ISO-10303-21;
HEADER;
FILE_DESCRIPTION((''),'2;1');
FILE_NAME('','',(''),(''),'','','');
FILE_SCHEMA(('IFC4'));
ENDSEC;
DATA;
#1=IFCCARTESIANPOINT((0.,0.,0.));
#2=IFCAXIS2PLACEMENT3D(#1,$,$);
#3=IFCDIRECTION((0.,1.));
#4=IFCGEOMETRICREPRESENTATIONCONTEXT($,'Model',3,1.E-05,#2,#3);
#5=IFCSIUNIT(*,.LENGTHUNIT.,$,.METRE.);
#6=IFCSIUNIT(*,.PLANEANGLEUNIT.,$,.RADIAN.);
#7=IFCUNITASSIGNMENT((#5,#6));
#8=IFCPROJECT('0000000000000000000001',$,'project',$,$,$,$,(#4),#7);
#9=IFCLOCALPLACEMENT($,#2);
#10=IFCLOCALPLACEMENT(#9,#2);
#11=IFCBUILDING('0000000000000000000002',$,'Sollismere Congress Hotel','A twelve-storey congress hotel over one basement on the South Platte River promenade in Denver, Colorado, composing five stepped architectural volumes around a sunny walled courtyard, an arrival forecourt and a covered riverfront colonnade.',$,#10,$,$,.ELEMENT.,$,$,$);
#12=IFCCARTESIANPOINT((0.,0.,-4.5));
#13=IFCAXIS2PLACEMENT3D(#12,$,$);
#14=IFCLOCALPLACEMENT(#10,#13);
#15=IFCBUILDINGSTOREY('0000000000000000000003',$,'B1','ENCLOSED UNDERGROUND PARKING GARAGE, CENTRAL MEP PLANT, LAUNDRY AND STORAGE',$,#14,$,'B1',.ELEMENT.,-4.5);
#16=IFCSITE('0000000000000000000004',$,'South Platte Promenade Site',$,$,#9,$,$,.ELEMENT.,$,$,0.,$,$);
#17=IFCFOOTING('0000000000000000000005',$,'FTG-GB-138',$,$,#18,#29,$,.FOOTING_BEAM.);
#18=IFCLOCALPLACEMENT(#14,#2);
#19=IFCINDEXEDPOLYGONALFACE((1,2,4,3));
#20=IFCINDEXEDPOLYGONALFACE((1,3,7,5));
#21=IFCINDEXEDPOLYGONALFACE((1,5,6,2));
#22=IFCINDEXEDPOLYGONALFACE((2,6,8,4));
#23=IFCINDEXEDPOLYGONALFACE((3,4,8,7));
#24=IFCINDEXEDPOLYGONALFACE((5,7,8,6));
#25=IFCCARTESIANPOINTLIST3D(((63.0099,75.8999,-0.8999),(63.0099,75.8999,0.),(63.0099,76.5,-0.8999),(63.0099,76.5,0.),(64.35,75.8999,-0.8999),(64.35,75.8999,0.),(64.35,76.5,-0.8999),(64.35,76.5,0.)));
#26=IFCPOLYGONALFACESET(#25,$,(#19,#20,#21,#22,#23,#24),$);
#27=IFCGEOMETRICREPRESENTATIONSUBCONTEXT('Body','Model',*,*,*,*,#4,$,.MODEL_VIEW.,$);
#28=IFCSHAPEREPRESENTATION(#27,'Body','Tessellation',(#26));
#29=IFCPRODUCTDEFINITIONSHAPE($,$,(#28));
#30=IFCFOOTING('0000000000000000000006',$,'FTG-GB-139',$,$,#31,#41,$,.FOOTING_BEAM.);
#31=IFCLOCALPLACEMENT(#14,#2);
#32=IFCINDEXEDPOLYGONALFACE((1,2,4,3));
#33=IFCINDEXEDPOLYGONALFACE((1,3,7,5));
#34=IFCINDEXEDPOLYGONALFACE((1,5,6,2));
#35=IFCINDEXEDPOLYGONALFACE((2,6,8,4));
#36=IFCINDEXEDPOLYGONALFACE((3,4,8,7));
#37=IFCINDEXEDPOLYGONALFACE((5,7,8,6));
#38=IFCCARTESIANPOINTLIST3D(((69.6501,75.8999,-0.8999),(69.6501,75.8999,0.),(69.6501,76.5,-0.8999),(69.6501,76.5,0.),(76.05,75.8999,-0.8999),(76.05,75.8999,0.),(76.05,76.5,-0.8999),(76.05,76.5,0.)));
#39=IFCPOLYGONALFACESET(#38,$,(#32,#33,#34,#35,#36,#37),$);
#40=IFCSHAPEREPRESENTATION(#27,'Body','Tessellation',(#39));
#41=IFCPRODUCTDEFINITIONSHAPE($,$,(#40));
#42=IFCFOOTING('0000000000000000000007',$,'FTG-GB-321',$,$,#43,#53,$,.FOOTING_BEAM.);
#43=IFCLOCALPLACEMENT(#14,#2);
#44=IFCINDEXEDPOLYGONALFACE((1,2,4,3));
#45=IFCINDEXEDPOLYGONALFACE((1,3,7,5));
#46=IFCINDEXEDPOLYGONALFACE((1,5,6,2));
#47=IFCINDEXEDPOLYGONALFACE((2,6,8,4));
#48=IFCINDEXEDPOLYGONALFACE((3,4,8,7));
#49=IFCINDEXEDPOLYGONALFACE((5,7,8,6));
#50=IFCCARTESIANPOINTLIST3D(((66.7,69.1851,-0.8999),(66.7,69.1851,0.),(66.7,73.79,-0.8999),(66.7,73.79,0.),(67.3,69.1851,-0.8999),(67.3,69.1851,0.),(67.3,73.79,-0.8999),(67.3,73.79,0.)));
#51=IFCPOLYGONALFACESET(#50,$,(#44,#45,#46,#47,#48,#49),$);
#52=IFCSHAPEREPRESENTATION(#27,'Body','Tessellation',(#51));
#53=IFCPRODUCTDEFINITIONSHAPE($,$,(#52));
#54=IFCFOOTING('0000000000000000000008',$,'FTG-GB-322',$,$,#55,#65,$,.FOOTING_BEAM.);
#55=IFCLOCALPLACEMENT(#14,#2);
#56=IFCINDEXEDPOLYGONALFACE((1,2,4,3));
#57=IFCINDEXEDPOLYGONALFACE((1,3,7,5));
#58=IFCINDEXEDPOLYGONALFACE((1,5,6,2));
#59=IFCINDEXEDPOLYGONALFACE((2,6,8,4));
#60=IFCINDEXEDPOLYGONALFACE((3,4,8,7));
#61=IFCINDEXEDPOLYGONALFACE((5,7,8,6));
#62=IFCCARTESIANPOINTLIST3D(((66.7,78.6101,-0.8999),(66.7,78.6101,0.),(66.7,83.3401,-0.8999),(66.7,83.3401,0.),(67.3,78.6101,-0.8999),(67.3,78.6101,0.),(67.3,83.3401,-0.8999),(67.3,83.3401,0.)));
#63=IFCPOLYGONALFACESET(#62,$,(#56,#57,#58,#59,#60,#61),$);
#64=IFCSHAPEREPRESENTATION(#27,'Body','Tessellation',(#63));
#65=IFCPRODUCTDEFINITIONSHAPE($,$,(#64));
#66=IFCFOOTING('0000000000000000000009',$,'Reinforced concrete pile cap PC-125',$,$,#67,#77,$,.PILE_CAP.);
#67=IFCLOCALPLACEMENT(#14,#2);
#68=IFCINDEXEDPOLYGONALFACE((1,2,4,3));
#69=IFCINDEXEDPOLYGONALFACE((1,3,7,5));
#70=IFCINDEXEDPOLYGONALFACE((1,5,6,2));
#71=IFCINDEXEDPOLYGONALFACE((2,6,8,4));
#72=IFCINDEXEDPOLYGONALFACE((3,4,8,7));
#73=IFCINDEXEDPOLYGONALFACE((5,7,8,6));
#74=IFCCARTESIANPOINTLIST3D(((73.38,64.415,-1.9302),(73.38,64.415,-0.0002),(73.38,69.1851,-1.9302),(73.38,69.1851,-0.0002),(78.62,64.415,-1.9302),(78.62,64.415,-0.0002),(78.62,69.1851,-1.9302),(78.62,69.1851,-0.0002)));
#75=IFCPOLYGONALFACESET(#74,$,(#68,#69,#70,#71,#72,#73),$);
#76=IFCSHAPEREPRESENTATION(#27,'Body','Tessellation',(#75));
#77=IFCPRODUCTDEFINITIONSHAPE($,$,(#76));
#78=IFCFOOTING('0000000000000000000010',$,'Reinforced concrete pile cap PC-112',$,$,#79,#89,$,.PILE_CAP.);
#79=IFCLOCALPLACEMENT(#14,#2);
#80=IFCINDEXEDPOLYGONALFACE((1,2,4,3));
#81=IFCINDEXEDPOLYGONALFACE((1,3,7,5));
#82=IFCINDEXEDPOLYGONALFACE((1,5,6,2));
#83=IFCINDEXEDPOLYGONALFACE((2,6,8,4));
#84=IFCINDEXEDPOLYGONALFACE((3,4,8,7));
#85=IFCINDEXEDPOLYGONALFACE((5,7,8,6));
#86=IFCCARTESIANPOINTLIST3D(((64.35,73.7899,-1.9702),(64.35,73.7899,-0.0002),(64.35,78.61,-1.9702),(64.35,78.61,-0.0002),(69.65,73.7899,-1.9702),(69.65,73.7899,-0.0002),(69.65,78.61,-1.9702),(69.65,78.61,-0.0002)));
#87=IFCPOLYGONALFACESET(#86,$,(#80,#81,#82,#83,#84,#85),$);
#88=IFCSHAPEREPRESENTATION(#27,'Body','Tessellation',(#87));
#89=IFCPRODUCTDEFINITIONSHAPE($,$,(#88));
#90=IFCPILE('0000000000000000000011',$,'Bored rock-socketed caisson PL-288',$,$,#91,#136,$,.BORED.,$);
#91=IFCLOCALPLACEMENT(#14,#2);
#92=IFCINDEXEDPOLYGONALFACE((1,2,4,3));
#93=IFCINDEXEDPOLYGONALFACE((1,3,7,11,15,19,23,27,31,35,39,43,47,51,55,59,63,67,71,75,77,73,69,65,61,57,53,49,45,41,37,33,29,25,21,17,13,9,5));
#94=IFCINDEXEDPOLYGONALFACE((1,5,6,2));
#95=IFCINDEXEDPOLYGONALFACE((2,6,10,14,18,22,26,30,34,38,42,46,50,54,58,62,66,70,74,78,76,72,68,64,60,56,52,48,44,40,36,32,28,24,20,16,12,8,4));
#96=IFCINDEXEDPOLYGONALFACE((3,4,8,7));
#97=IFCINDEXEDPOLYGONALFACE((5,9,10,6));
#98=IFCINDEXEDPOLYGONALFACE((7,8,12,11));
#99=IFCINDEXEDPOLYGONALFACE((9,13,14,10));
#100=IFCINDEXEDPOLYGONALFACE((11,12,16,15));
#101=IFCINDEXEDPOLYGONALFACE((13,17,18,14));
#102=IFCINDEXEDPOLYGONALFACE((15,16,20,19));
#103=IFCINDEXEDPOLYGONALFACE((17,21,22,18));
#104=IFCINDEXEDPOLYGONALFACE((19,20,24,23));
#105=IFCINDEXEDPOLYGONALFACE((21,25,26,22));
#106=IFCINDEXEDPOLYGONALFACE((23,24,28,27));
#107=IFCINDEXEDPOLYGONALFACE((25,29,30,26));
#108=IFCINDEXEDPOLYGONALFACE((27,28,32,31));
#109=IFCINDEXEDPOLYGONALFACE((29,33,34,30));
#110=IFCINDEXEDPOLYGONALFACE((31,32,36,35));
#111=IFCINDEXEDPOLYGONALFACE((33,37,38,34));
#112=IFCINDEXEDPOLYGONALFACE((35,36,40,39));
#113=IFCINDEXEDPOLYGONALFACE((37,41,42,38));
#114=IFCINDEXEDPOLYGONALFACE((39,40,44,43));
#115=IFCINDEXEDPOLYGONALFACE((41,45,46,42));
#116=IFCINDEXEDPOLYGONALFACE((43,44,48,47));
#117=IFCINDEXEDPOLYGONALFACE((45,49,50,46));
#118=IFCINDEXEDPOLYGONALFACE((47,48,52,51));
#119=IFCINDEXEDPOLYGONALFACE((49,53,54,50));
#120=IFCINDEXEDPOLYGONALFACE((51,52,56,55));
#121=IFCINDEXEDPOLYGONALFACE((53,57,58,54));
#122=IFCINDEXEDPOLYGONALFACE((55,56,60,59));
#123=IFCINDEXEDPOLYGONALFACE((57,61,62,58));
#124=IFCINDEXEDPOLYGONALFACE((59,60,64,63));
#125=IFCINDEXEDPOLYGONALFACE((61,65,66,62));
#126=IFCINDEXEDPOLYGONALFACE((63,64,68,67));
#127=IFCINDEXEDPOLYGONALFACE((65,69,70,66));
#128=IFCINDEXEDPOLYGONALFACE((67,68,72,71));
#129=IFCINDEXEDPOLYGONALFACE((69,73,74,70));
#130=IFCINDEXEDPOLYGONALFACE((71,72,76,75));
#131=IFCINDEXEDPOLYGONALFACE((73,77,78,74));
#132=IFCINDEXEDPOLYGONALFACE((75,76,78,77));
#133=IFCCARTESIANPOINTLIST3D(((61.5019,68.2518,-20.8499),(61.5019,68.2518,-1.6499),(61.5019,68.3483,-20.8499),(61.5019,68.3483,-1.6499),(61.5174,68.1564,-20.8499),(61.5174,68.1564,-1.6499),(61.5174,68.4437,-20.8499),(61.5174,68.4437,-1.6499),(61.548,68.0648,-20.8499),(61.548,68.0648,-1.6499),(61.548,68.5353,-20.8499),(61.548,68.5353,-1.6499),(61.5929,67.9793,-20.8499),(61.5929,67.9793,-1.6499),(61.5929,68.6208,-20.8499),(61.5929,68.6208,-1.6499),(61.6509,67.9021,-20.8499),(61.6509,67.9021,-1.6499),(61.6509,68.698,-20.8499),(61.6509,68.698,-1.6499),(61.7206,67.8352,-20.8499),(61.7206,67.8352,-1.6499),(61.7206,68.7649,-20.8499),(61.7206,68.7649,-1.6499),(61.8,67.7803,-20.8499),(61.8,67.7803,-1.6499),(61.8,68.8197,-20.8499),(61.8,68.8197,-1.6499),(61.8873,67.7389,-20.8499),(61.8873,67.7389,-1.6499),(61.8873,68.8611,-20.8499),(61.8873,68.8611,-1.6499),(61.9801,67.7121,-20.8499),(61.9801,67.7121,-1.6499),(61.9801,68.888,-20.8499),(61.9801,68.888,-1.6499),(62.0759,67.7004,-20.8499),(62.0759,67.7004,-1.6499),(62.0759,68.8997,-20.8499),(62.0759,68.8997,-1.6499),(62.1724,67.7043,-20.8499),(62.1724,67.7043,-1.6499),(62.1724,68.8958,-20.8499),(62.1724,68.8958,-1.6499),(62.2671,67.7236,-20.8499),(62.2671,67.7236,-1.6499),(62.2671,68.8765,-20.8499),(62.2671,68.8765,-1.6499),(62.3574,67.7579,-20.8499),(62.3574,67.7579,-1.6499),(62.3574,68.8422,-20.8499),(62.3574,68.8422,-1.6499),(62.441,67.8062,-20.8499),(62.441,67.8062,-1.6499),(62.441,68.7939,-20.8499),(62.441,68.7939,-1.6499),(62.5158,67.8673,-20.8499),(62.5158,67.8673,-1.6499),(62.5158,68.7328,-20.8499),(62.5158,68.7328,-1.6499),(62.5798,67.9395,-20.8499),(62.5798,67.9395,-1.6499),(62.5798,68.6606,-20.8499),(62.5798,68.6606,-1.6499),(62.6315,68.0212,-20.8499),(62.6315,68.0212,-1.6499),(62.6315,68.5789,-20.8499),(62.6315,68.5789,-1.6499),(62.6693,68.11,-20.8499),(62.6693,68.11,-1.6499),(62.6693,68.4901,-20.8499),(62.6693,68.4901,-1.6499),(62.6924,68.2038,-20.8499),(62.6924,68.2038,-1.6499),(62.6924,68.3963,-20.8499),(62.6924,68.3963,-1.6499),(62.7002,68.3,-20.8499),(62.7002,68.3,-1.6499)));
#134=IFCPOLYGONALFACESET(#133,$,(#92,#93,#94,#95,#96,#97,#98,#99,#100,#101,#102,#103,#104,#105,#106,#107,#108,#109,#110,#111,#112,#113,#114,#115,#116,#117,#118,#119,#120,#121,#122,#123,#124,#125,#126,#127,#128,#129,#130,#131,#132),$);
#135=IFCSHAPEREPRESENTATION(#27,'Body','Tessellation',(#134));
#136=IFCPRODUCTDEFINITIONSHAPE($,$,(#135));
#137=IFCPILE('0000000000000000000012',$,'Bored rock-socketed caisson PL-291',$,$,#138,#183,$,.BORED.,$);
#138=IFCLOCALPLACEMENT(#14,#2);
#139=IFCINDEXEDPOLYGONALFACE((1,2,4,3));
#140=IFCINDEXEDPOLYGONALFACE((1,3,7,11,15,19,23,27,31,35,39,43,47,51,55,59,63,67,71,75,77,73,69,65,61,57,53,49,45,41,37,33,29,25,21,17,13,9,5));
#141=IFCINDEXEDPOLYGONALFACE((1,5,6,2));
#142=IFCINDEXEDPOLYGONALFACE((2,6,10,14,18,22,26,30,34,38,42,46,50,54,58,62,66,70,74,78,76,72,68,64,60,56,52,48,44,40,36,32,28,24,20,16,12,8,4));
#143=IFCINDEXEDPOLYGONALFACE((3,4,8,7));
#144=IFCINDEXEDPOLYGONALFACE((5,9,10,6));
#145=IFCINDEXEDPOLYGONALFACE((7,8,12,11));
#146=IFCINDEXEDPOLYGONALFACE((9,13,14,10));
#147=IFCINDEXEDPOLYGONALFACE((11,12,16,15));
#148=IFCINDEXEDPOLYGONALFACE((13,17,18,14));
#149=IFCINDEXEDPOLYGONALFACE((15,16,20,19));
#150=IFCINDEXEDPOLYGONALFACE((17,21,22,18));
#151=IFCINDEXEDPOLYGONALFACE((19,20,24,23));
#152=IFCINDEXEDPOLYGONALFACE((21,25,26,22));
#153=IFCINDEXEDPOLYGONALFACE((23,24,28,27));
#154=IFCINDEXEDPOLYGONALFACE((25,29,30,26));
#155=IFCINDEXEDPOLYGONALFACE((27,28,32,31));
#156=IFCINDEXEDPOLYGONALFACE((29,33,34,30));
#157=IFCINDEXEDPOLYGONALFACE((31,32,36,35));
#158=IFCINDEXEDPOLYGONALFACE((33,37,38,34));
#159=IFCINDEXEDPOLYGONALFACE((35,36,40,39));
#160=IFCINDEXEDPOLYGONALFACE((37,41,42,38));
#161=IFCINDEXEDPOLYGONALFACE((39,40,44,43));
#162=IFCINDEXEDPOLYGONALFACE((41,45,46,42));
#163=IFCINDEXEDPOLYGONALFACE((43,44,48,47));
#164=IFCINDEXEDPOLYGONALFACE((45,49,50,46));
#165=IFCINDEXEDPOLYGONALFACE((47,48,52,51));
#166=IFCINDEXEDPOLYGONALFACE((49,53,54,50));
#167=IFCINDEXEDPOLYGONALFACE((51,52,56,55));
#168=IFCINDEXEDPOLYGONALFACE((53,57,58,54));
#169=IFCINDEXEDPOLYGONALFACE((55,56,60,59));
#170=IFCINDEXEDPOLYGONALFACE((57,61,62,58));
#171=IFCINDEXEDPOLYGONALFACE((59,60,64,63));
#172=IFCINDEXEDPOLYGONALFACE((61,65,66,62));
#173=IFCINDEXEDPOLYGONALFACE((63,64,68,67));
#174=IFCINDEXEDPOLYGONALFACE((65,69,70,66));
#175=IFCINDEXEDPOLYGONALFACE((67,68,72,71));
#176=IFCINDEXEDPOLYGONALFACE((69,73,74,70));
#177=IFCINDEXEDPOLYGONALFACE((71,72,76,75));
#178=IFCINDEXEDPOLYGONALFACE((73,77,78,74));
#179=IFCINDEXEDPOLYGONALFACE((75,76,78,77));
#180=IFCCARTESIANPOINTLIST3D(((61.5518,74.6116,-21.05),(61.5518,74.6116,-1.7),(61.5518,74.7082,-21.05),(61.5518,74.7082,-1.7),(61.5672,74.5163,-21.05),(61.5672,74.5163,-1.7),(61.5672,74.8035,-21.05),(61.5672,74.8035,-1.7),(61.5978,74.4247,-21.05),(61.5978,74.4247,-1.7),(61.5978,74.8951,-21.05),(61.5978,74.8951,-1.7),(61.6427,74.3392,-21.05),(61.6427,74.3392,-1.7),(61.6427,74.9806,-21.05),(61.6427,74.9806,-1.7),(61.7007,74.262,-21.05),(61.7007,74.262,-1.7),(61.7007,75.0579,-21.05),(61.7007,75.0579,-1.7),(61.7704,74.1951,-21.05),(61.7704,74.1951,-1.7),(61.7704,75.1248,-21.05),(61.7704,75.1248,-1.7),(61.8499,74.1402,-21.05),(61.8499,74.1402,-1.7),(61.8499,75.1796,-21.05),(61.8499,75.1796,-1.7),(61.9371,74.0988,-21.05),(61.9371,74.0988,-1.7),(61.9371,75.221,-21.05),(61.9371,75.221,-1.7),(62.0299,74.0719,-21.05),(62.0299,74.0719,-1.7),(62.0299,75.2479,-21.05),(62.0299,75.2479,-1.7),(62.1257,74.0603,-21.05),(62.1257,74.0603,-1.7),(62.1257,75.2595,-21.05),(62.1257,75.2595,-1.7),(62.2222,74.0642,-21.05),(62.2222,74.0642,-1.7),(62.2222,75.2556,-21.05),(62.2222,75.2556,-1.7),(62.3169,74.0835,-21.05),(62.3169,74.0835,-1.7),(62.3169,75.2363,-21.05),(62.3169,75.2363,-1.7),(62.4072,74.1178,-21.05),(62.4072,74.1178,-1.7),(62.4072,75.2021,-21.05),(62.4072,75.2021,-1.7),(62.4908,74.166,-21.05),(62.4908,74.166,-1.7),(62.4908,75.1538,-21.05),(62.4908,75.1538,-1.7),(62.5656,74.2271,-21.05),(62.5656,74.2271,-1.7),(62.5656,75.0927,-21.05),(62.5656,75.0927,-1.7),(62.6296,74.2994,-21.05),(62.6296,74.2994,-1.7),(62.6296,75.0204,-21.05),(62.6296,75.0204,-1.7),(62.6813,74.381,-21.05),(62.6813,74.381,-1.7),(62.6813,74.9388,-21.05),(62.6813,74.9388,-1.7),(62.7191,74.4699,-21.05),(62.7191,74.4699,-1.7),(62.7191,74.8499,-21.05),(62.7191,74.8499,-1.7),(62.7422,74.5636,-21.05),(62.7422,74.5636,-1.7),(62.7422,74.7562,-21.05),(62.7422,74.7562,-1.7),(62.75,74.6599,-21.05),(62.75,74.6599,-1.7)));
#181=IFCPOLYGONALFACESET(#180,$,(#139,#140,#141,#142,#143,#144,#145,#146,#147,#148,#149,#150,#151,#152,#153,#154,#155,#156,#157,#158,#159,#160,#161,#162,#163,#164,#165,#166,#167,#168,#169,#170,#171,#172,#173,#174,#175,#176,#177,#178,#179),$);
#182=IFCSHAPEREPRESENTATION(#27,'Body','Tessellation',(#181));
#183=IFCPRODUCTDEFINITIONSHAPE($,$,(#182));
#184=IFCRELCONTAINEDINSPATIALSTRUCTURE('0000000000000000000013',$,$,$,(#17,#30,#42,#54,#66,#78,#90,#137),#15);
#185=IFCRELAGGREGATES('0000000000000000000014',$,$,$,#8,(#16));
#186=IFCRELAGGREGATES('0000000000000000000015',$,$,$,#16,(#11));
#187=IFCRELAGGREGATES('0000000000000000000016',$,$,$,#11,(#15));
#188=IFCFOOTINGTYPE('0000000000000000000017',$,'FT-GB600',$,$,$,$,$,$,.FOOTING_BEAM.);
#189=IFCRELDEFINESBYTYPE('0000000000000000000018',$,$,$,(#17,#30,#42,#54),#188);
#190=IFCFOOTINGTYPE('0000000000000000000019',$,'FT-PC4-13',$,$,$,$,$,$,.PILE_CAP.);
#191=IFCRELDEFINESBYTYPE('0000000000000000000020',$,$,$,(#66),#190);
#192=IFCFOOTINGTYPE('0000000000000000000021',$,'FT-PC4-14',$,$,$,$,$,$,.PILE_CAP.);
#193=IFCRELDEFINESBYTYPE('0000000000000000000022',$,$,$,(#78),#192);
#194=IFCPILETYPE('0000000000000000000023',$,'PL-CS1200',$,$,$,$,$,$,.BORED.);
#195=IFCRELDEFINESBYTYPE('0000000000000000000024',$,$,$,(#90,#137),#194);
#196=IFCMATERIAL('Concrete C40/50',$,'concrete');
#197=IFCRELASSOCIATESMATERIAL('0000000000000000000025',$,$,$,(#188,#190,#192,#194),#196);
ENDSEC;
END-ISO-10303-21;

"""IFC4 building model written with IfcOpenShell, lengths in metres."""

from ifc_helpers import new_model, si_unit, direction, frame, origin, origin_2d, place, context, subcontext, project, spatial, rectangle, circle, extrude, material, material_profile, profile_set, type_object, element, save


model = new_model("IFC4")

# Units and contexts
model_context = context("Model", 3, precision=1e-05, world=origin(), true_north=direction((0.0, 1.0)))
body_context = subcontext(model_context, "Body", "Model", "MODEL_VIEW")
ifc_project = project(units=[si_unit("LENGTHUNIT", "METRE"), si_unit("PLANEANGLEUNIT", "RADIAN")], contexts=[model_context])

# Site, building, storey
site_placement = place(None, origin())
site = spatial("IfcSite", under=ifc_project, at=site_placement, Name="South Platte Promenade Site", CompositionType="ELEMENT", RefElevation=0.0)
building_placement = place(site_placement, origin())
building = spatial("IfcBuilding", under=site, at=building_placement, Name="Sollismere Congress Hotel", Description="A twelve-storey congress hotel over one basement on the South Platte River promenade in Denver, Colorado, composing five stepped architectural volumes around a sunny walled courtyard, an arrival forecourt and a covered riverfront colonnade.", CompositionType="ELEMENT")
storey_placement = place(building_placement, frame((0.0, 0.0, -4.5)))
storey = spatial("IfcBuildingStorey", under=building, at=storey_placement, Name="B1", Description="ENCLOSED UNDERGROUND PARKING GARAGE, CENTRAL MEP PLANT, LAUNDRY AND STORAGE", LongName="B1", CompositionType="ELEMENT", Elevation=-4.5)

# Footings
ifc_material_1 = material(Name="Concrete C40/50", Category="concrete")
footing_type_1 = type_object("IfcFootingType", Name="FT-GB600", PredefinedType="FOOTING_BEAM", material=ifc_material_1)
footing_1_placement = place(storey_placement, frame((63.6799, 76.2, -0.8999), z_axis=(0.0, 0.0, 1.0), x_axis=(1.0, 0.0, 0.0)))
element("IfcFooting", 1, at=footing_1_placement, inside=storey, type_object=footing_type_1, Name="FTG-GB-138", PredefinedType="FOOTING_BEAM", context=body_context, shape_type="SweptSolid", body=[
    extrude(rectangle(XDim=1.3401, YDim=0.6001, at=origin_2d()), origin(), (0.0, 0.0, 1.0), 0.8999),
])
footing_2_placement = place(storey_placement, frame((72.8501, 76.2, -0.8999), z_axis=(0.0, 0.0, 1.0), x_axis=(1.0, 0.0, 0.0)))
element("IfcFooting", 2, at=footing_2_placement, inside=storey, type_object=footing_type_1, Name="FTG-GB-139", PredefinedType="FOOTING_BEAM", context=body_context, shape_type="SweptSolid", body=[
    extrude(rectangle(XDim=6.3999, YDim=0.6001, at=origin_2d()), origin(), (0.0, 0.0, 1.0), 0.8999),
])
footing_3_placement = place(storey_placement, frame((67.0, 71.4875, -0.8999), z_axis=(0.0, 0.0, 1.0), x_axis=(0.0, 1.0, 0.0)))
element("IfcFooting", 3, at=footing_3_placement, inside=storey, type_object=footing_type_1, Name="FTG-GB-321", PredefinedType="FOOTING_BEAM", context=body_context, shape_type="SweptSolid", body=[
    extrude(rectangle(XDim=4.605, YDim=0.6001, at=origin_2d()), origin(), (0.0, 0.0, 1.0), 0.8999),
])
footing_4_placement = place(storey_placement, frame((67.0, 80.9751, -0.8999), z_axis=(0.0, 0.0, 1.0), x_axis=(0.0, 1.0, 0.0)))
element("IfcFooting", 4, at=footing_4_placement, inside=storey, type_object=footing_type_1, Name="FTG-GB-322", PredefinedType="FOOTING_BEAM", context=body_context, shape_type="SweptSolid", body=[
    extrude(rectangle(XDim=4.73, YDim=0.6001, at=origin_2d()), origin(), (0.0, 0.0, 1.0), 0.8999),
])
footing_type_2 = type_object("IfcFootingType", Name="FT-PC4-13", PredefinedType="PILE_CAP", material=ifc_material_1)
footing_5_placement = place(storey_placement, frame((76.0, 66.8, -1.9302), z_axis=(0.0, 0.0, 1.0), x_axis=(1.0, 0.0, 0.0)))
element("IfcFooting", 5, at=footing_5_placement, inside=storey, type_object=footing_type_2, Name="Reinforced concrete pile cap PC-125", PredefinedType="PILE_CAP", context=body_context, shape_type="SweptSolid", body=[
    extrude(rectangle(XDim=5.24, YDim=4.77, at=origin_2d()), origin(), (0.0, 0.0, 1.0), 1.9299),
])
footing_type_3 = type_object("IfcFootingType", Name="FT-PC4-14", PredefinedType="PILE_CAP", material=ifc_material_1)
footing_6_placement = place(storey_placement, frame((67.0, 76.2, -1.9702), z_axis=(0.0, 0.0, 1.0), x_axis=(1.0, 0.0, 0.0)))
element("IfcFooting", 6, at=footing_6_placement, inside=storey, type_object=footing_type_3, Name="Reinforced concrete pile cap PC-112", PredefinedType="PILE_CAP", context=body_context, shape_type="SweptSolid", body=[
    extrude(rectangle(XDim=5.3, YDim=4.8201, at=origin_2d()), origin(), (0.0, 0.0, 1.0), 1.97),
])

# Piles
ifc_material_profile_1 = material_profile(ifc_material_1, circle(Radius=0.6001, at=origin_2d()), Name="CAISSON1200")
ifc_profile_set_1 = profile_set([ifc_material_profile_1], Name="Concrete C40/50")
pile_type = type_object("IfcPileType", Name="PL-CS1200", PredefinedType="BORED", material=ifc_profile_set_1)
pile_1_placement = place(storey_placement, frame((62.1001, 68.3, -1.6499), z_axis=(0.0, 0.0, -1.0), x_axis=(1.0, 0.0, 0.0)))
element("IfcPile", 7, at=pile_1_placement, inside=storey, type_object=pile_type, Name="Bored rock-socketed caisson PL-288", PredefinedType="BORED", context=body_context, shape_type="SweptSolid", body=[
    extrude(circle(Radius=0.6001, at=origin_2d()), origin(), (0.0, 0.0, 1.0), 19.2),
])
for number, where, z_axis, x_axis, name in (
    (8, (62.1499, 74.6599, -1.7), (0.0, 0.0, -1.0), (1.0, 0.0, 0.0), "Bored rock-socketed caisson PL-291"),
):
    element("IfcPile", number, at=place(storey_placement, frame(where, z_axis=z_axis, x_axis=x_axis)), inside=storey, type_object=pile_type, Name=name, PredefinedType="BORED", context=body_context, shape_type="SweptSolid", body=[
        extrude(circle(Radius=0.6001, at=origin_2d()), origin(), (0.0, 0.0, 1.0), 19.3501),
    ])

save(model, "model.ifc")
